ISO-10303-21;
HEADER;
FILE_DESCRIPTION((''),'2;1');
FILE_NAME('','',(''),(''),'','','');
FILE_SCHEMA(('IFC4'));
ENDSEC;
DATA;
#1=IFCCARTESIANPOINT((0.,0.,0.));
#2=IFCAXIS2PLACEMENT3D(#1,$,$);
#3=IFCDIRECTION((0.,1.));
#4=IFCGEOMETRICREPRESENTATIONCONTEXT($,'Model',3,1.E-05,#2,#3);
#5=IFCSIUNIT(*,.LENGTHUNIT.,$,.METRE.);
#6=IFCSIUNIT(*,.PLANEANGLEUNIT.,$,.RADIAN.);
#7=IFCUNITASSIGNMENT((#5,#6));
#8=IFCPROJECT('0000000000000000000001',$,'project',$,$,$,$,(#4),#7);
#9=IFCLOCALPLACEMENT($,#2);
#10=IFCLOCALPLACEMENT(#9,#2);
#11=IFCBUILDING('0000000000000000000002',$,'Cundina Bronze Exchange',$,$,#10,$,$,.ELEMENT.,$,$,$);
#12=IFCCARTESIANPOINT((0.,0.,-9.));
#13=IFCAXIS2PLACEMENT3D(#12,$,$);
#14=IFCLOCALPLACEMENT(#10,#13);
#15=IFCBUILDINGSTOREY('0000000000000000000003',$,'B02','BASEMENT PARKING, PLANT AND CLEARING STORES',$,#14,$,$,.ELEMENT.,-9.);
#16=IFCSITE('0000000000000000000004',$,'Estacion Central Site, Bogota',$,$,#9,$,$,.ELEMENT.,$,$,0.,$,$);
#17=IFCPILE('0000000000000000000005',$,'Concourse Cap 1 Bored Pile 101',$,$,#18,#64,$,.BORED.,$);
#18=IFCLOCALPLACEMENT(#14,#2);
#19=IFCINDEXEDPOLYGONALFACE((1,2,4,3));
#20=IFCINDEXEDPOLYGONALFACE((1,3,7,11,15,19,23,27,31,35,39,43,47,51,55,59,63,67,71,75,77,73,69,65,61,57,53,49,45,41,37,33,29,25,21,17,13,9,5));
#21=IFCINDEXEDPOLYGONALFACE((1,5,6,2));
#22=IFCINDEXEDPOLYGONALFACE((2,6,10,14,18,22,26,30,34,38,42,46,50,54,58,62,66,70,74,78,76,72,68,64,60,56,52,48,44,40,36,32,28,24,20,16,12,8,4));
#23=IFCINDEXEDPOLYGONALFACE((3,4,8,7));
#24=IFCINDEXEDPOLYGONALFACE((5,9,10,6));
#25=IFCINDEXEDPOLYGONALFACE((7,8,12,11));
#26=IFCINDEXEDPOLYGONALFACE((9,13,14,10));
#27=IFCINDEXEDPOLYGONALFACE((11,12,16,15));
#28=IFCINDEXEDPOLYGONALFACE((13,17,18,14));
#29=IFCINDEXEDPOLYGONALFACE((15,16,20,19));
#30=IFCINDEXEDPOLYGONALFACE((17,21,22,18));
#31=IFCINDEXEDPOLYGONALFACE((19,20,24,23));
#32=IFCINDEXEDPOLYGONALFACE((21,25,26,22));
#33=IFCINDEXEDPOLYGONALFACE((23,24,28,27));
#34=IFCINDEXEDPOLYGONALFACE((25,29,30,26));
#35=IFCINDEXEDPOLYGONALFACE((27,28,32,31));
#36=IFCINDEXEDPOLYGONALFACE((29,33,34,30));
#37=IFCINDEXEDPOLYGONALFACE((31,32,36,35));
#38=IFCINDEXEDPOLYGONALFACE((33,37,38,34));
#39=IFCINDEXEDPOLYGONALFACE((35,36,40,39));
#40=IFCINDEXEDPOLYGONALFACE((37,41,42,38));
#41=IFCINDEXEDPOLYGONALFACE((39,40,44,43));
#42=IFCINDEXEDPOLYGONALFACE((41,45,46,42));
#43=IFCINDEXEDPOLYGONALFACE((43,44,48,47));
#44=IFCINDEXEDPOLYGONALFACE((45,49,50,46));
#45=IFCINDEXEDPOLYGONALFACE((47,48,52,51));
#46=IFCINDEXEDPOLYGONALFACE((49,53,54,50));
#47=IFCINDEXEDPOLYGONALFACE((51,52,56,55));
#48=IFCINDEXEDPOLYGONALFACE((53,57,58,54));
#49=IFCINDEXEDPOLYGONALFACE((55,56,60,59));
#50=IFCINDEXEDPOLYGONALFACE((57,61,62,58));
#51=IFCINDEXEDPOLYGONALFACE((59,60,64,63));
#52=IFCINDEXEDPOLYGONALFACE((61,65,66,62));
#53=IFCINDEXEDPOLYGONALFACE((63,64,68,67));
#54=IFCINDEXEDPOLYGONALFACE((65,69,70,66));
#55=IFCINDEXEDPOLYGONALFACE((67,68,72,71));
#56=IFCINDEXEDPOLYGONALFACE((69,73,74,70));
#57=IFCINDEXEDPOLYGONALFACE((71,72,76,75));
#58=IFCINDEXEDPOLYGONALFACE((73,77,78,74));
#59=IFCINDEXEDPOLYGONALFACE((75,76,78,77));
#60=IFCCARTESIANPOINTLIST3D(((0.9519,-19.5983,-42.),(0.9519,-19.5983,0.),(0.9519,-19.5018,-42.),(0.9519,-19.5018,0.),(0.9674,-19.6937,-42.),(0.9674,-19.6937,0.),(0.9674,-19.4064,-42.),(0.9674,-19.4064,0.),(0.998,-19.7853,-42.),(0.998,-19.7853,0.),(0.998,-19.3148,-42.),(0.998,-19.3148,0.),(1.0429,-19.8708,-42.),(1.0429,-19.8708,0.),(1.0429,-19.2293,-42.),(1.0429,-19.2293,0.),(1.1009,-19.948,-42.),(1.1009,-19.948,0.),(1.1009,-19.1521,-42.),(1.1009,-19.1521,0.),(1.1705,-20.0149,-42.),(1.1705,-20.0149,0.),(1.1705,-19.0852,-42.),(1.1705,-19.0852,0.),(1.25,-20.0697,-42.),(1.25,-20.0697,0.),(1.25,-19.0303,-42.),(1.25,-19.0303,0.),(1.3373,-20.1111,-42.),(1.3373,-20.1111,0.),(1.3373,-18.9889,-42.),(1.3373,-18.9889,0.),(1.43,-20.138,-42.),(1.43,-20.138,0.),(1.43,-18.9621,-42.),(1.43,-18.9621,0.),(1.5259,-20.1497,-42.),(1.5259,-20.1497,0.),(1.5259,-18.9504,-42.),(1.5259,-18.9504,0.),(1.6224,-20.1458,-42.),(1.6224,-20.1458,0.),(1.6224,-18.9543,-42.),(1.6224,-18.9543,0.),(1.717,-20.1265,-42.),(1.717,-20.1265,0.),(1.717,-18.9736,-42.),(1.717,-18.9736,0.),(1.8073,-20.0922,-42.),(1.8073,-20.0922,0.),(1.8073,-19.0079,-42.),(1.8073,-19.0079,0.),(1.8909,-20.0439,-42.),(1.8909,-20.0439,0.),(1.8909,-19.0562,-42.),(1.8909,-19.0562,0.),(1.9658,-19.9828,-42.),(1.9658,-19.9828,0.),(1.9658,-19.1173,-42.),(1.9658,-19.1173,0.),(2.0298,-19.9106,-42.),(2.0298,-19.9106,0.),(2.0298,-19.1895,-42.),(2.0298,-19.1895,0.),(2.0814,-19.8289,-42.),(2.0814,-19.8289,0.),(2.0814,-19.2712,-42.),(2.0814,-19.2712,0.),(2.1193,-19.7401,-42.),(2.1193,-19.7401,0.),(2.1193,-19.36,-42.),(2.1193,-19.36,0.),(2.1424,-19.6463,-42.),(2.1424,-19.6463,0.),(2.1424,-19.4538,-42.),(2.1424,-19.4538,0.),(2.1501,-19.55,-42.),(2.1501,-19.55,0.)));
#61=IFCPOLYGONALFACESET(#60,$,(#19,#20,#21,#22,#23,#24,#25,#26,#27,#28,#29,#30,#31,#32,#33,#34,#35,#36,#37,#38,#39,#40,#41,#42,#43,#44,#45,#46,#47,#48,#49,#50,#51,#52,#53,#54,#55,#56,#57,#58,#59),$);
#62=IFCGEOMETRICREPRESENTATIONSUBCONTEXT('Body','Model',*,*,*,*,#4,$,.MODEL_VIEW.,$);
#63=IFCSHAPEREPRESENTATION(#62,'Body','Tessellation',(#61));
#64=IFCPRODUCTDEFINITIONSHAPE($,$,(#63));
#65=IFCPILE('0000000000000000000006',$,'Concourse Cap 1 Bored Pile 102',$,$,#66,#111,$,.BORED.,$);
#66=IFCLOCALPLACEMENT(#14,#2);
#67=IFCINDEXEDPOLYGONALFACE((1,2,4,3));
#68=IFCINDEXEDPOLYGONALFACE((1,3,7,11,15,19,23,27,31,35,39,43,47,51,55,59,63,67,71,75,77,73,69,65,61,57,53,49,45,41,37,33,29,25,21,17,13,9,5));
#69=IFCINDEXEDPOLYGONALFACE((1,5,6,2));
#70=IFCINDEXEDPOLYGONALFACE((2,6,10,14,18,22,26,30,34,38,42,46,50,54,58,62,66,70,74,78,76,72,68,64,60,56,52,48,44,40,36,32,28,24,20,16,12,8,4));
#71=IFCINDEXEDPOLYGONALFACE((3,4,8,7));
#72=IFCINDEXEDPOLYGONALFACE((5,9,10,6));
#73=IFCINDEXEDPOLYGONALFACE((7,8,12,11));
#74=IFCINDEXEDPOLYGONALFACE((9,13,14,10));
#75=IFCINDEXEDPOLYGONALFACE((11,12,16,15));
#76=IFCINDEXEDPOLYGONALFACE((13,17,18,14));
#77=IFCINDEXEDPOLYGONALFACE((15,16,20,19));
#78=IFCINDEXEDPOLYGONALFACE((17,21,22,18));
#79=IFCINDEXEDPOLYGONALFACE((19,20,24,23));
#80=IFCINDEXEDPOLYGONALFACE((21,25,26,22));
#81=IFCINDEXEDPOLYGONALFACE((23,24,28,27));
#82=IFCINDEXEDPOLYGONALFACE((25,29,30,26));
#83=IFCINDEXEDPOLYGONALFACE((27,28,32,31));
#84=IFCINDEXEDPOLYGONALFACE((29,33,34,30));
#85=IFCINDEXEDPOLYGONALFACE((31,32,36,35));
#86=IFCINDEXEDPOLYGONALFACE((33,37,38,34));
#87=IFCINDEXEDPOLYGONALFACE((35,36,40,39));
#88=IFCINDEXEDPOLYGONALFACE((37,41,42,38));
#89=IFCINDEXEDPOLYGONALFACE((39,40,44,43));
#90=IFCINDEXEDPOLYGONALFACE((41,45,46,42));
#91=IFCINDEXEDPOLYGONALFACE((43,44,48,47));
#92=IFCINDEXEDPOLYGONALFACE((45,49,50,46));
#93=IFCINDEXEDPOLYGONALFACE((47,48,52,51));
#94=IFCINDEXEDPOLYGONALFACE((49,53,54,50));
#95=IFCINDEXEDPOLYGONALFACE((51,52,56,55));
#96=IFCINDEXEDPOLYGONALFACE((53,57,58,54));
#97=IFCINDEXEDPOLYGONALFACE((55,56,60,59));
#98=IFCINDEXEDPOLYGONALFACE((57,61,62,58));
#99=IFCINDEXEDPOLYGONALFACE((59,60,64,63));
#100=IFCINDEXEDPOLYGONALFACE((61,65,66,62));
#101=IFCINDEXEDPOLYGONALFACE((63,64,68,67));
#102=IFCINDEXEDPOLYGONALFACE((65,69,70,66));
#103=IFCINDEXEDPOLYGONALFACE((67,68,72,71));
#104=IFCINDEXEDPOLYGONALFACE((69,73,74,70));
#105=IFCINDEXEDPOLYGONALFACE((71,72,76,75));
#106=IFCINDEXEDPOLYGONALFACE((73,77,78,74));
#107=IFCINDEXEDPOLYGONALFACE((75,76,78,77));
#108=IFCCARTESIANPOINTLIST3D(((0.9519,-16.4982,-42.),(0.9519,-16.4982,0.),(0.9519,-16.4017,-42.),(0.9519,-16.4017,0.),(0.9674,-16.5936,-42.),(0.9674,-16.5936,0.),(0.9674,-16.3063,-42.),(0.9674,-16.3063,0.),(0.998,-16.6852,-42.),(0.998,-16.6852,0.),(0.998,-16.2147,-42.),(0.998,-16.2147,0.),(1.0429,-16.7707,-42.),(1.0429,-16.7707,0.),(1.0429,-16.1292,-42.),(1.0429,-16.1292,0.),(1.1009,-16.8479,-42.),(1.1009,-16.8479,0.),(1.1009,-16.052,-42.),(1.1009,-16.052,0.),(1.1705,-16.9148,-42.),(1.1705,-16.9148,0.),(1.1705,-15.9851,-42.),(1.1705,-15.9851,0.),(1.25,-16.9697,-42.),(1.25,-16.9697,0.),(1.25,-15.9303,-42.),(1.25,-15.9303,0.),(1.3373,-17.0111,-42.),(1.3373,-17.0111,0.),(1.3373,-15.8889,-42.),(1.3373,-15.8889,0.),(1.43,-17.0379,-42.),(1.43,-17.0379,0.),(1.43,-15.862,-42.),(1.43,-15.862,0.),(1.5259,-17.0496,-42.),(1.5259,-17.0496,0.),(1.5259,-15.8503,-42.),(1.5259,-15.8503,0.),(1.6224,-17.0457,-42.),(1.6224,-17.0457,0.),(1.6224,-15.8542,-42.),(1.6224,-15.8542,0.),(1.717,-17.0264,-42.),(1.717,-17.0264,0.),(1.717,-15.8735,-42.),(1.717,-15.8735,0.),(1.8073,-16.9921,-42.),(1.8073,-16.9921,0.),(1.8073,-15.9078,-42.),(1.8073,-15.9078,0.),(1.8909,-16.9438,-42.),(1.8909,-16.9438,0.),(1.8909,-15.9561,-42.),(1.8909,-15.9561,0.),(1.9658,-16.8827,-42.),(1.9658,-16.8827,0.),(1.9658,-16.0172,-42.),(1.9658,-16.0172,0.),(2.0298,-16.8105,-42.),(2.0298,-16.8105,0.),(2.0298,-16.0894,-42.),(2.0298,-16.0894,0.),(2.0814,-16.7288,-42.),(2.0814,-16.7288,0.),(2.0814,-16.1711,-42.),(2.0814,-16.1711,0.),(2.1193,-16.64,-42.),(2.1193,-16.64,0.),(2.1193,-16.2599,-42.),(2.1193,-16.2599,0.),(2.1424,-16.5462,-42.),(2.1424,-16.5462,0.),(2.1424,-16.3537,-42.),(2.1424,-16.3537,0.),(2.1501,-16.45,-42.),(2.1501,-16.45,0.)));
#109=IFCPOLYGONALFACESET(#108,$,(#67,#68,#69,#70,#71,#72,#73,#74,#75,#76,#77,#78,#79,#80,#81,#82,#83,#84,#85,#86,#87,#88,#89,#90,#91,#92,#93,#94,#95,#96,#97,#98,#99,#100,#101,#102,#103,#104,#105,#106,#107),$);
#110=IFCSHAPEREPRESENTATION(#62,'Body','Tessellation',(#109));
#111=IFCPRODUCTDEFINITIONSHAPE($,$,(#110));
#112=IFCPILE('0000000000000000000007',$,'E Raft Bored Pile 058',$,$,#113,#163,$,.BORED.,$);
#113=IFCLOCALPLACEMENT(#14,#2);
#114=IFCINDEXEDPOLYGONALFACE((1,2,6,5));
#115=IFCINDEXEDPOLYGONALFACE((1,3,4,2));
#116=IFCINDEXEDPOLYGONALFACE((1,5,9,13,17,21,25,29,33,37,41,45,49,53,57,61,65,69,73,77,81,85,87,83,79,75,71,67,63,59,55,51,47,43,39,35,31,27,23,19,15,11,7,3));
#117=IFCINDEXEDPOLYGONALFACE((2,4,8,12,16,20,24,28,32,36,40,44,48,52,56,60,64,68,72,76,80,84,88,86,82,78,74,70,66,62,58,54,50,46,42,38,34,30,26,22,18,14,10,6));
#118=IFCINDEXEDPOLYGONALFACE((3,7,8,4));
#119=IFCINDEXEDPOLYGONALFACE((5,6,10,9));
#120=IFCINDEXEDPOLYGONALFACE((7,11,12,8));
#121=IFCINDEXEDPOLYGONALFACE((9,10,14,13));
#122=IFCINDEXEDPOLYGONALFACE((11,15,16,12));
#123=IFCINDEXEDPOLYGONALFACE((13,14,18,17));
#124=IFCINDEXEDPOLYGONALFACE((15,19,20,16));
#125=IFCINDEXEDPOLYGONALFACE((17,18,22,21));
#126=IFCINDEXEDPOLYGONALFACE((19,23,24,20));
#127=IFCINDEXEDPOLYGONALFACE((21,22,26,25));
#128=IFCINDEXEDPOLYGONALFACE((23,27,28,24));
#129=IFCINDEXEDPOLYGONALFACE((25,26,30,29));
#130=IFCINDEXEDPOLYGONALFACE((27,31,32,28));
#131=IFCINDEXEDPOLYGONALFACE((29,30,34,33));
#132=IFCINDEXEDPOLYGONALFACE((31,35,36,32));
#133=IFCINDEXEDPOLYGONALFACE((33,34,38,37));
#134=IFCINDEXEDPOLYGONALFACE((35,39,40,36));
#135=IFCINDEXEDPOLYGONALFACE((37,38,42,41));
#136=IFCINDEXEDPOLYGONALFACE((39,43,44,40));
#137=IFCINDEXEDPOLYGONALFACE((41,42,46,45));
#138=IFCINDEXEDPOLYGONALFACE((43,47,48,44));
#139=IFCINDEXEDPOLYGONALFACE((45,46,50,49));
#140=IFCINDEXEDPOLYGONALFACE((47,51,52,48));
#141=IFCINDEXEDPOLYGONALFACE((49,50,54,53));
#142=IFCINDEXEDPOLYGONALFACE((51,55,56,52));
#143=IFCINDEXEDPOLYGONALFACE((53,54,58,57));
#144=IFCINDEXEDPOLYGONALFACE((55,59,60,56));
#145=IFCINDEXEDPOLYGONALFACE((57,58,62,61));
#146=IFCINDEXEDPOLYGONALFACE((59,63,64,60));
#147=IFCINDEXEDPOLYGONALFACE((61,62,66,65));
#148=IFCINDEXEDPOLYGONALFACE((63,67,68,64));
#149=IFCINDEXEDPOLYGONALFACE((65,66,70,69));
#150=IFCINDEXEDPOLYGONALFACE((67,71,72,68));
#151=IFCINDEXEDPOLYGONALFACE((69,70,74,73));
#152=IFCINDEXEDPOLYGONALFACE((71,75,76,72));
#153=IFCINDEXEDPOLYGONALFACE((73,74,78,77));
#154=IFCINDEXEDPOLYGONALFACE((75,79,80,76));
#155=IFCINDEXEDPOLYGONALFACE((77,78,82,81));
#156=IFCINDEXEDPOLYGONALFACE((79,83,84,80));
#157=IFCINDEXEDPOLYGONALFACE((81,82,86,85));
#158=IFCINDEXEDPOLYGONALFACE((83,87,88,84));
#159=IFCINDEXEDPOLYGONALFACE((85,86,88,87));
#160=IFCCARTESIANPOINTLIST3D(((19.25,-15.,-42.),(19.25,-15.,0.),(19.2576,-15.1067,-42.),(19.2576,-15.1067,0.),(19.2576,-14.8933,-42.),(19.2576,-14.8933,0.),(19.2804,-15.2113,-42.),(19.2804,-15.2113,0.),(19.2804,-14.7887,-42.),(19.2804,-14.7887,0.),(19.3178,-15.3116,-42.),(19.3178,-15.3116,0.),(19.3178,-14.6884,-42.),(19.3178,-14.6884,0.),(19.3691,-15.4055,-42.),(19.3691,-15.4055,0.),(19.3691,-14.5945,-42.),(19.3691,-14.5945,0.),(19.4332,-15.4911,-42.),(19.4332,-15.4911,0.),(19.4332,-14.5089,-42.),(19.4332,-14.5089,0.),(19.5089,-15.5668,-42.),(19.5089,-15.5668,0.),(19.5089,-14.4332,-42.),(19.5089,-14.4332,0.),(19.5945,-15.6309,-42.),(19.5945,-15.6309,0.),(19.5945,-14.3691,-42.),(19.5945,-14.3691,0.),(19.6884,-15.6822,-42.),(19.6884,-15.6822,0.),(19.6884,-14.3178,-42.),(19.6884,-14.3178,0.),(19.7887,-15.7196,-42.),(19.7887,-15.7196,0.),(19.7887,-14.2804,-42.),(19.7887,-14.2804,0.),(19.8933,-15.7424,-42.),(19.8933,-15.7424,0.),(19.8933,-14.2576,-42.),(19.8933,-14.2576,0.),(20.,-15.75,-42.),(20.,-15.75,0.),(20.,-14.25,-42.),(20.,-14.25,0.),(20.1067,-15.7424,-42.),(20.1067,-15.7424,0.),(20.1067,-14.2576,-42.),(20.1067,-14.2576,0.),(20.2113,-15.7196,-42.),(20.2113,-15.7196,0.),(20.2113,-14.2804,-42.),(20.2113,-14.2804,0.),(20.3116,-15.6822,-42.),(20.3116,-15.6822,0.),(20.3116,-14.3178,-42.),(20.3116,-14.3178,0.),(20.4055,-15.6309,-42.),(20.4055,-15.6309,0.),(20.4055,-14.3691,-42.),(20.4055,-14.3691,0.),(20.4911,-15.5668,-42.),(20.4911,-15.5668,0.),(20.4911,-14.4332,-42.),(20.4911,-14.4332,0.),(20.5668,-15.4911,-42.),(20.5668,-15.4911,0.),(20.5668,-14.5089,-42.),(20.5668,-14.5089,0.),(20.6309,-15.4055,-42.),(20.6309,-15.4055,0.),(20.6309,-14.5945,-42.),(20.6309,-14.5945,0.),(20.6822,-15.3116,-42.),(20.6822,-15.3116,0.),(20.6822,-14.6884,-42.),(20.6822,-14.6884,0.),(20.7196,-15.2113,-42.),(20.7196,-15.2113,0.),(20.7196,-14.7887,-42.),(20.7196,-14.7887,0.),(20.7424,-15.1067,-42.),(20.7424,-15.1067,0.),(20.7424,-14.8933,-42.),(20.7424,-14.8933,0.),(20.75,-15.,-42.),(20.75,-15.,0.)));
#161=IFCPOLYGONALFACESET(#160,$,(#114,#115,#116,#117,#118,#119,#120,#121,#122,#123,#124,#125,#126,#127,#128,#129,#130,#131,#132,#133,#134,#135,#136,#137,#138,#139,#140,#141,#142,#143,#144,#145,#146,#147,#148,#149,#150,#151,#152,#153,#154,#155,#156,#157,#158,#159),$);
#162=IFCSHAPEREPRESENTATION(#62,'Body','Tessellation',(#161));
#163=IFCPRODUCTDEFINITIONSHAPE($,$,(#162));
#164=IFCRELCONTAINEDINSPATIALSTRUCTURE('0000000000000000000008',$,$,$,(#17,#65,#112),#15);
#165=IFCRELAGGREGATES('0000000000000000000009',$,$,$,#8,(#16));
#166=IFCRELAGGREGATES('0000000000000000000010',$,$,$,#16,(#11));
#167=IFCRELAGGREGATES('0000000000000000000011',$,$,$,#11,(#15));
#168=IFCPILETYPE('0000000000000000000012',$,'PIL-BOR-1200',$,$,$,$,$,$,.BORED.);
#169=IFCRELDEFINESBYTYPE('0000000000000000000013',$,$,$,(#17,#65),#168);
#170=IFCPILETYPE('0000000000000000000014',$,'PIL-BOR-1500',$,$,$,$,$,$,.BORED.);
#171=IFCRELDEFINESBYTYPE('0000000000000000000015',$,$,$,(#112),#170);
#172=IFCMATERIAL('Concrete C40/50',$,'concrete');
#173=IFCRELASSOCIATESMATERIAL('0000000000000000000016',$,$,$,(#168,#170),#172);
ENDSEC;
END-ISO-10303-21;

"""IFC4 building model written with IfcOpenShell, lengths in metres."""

from ifc_helpers import new_model, si_unit, direction, frame, origin, origin_2d, place, context, subcontext, project, spatial, circle, extrude, material, material_profile, profile_set, type_object, element, save


model = new_model("IFC4")

# Units and contexts
model_context = context("Model", 3, precision=1e-05, world=origin(), true_north=direction((0.0, 1.0)))
body_context = subcontext(model_context, "Body", "Model", "MODEL_VIEW")
ifc_project = project(units=[si_unit("LENGTHUNIT", "METRE"), si_unit("PLANEANGLEUNIT", "RADIAN")], contexts=[model_context])

# Site, building, storey
site_placement = place(None, origin())
site = spatial("IfcSite", under=ifc_project, at=site_placement, Name="Estacion Central Site, Bogota", CompositionType="ELEMENT", RefElevation=0.0)
building_placement = place(site_placement, origin())
building = spatial("IfcBuilding", under=site, at=building_placement, Name="Cundina Bronze Exchange", CompositionType="ELEMENT")
storey_placement = place(building_placement, frame((0.0, 0.0, -9.0)))
storey = spatial("IfcBuildingStorey", under=building, at=storey_placement, Name="B02", Description="BASEMENT PARKING, PLANT AND CLEARING STORES", CompositionType="ELEMENT", Elevation=-9.0)

# Shared definitions
ifc_material_1 = material(Name="Concrete C40/50", Category="concrete")

# Piles
ifc_material_profile_1 = material_profile(ifc_material_1, circle(Radius=0.6001, at=origin_2d()), Name="PILE1200D", Category="concrete")
ifc_profile_set_1 = profile_set([ifc_material_profile_1], Name="Concrete C40/50")
pile_type_1 = type_object("IfcPileType", Name="PIL-BOR-1200", PredefinedType="BORED", material=ifc_profile_set_1)
for number, where, z_axis, x_axis, name in (
    (1, (1.55, -19.55, 0.0), (0.0, 0.0, -1.0), (1.0, 0.0, 0.0), "Concourse Cap 1 Bored Pile 101"),
    (2, (1.55, -16.45, 0.0), (0.0, 0.0, -1.0), (1.0, 0.0, 0.0), "Concourse Cap 1 Bored Pile 102"),
):
    element("IfcPile", number, at=place(storey_placement, frame(where, z_axis=z_axis, x_axis=x_axis)), inside=storey, type_object=pile_type_1, Name=name, PredefinedType="BORED", context=body_context, shape_type="SweptSolid", body=[
        extrude(circle(Radius=0.6001, at=origin_2d()), origin(), (0.0, 0.0, 1.0), 42.0),
    ])
ifc_material_profile_2 = material_profile(ifc_material_1, circle(Radius=0.75, at=origin_2d()), Name="PILE1500D", Category="concrete")
ifc_profile_set_2 = profile_set([ifc_material_profile_2], Name="Concrete C40/50")
pile_type_2 = type_object("IfcPileType", Name="PIL-BOR-1500", PredefinedType="BORED", material=ifc_profile_set_2)
pile_placement = place(storey_placement, frame((20.0, -15.0, 0.0), z_axis=(0.0, 0.0, -1.0), x_axis=(1.0, 0.0, 0.0)))
element("IfcPile", 3, at=pile_placement, inside=storey, type_object=pile_type_2, Name="E Raft Bored Pile 058", PredefinedType="BORED", context=body_context, shape_type="SweptSolid", body=[
    extrude(circle(Radius=0.75, at=origin_2d()), origin(), (0.0, 0.0, 1.0), 42.0),
])

save(model, "model.ifc")
